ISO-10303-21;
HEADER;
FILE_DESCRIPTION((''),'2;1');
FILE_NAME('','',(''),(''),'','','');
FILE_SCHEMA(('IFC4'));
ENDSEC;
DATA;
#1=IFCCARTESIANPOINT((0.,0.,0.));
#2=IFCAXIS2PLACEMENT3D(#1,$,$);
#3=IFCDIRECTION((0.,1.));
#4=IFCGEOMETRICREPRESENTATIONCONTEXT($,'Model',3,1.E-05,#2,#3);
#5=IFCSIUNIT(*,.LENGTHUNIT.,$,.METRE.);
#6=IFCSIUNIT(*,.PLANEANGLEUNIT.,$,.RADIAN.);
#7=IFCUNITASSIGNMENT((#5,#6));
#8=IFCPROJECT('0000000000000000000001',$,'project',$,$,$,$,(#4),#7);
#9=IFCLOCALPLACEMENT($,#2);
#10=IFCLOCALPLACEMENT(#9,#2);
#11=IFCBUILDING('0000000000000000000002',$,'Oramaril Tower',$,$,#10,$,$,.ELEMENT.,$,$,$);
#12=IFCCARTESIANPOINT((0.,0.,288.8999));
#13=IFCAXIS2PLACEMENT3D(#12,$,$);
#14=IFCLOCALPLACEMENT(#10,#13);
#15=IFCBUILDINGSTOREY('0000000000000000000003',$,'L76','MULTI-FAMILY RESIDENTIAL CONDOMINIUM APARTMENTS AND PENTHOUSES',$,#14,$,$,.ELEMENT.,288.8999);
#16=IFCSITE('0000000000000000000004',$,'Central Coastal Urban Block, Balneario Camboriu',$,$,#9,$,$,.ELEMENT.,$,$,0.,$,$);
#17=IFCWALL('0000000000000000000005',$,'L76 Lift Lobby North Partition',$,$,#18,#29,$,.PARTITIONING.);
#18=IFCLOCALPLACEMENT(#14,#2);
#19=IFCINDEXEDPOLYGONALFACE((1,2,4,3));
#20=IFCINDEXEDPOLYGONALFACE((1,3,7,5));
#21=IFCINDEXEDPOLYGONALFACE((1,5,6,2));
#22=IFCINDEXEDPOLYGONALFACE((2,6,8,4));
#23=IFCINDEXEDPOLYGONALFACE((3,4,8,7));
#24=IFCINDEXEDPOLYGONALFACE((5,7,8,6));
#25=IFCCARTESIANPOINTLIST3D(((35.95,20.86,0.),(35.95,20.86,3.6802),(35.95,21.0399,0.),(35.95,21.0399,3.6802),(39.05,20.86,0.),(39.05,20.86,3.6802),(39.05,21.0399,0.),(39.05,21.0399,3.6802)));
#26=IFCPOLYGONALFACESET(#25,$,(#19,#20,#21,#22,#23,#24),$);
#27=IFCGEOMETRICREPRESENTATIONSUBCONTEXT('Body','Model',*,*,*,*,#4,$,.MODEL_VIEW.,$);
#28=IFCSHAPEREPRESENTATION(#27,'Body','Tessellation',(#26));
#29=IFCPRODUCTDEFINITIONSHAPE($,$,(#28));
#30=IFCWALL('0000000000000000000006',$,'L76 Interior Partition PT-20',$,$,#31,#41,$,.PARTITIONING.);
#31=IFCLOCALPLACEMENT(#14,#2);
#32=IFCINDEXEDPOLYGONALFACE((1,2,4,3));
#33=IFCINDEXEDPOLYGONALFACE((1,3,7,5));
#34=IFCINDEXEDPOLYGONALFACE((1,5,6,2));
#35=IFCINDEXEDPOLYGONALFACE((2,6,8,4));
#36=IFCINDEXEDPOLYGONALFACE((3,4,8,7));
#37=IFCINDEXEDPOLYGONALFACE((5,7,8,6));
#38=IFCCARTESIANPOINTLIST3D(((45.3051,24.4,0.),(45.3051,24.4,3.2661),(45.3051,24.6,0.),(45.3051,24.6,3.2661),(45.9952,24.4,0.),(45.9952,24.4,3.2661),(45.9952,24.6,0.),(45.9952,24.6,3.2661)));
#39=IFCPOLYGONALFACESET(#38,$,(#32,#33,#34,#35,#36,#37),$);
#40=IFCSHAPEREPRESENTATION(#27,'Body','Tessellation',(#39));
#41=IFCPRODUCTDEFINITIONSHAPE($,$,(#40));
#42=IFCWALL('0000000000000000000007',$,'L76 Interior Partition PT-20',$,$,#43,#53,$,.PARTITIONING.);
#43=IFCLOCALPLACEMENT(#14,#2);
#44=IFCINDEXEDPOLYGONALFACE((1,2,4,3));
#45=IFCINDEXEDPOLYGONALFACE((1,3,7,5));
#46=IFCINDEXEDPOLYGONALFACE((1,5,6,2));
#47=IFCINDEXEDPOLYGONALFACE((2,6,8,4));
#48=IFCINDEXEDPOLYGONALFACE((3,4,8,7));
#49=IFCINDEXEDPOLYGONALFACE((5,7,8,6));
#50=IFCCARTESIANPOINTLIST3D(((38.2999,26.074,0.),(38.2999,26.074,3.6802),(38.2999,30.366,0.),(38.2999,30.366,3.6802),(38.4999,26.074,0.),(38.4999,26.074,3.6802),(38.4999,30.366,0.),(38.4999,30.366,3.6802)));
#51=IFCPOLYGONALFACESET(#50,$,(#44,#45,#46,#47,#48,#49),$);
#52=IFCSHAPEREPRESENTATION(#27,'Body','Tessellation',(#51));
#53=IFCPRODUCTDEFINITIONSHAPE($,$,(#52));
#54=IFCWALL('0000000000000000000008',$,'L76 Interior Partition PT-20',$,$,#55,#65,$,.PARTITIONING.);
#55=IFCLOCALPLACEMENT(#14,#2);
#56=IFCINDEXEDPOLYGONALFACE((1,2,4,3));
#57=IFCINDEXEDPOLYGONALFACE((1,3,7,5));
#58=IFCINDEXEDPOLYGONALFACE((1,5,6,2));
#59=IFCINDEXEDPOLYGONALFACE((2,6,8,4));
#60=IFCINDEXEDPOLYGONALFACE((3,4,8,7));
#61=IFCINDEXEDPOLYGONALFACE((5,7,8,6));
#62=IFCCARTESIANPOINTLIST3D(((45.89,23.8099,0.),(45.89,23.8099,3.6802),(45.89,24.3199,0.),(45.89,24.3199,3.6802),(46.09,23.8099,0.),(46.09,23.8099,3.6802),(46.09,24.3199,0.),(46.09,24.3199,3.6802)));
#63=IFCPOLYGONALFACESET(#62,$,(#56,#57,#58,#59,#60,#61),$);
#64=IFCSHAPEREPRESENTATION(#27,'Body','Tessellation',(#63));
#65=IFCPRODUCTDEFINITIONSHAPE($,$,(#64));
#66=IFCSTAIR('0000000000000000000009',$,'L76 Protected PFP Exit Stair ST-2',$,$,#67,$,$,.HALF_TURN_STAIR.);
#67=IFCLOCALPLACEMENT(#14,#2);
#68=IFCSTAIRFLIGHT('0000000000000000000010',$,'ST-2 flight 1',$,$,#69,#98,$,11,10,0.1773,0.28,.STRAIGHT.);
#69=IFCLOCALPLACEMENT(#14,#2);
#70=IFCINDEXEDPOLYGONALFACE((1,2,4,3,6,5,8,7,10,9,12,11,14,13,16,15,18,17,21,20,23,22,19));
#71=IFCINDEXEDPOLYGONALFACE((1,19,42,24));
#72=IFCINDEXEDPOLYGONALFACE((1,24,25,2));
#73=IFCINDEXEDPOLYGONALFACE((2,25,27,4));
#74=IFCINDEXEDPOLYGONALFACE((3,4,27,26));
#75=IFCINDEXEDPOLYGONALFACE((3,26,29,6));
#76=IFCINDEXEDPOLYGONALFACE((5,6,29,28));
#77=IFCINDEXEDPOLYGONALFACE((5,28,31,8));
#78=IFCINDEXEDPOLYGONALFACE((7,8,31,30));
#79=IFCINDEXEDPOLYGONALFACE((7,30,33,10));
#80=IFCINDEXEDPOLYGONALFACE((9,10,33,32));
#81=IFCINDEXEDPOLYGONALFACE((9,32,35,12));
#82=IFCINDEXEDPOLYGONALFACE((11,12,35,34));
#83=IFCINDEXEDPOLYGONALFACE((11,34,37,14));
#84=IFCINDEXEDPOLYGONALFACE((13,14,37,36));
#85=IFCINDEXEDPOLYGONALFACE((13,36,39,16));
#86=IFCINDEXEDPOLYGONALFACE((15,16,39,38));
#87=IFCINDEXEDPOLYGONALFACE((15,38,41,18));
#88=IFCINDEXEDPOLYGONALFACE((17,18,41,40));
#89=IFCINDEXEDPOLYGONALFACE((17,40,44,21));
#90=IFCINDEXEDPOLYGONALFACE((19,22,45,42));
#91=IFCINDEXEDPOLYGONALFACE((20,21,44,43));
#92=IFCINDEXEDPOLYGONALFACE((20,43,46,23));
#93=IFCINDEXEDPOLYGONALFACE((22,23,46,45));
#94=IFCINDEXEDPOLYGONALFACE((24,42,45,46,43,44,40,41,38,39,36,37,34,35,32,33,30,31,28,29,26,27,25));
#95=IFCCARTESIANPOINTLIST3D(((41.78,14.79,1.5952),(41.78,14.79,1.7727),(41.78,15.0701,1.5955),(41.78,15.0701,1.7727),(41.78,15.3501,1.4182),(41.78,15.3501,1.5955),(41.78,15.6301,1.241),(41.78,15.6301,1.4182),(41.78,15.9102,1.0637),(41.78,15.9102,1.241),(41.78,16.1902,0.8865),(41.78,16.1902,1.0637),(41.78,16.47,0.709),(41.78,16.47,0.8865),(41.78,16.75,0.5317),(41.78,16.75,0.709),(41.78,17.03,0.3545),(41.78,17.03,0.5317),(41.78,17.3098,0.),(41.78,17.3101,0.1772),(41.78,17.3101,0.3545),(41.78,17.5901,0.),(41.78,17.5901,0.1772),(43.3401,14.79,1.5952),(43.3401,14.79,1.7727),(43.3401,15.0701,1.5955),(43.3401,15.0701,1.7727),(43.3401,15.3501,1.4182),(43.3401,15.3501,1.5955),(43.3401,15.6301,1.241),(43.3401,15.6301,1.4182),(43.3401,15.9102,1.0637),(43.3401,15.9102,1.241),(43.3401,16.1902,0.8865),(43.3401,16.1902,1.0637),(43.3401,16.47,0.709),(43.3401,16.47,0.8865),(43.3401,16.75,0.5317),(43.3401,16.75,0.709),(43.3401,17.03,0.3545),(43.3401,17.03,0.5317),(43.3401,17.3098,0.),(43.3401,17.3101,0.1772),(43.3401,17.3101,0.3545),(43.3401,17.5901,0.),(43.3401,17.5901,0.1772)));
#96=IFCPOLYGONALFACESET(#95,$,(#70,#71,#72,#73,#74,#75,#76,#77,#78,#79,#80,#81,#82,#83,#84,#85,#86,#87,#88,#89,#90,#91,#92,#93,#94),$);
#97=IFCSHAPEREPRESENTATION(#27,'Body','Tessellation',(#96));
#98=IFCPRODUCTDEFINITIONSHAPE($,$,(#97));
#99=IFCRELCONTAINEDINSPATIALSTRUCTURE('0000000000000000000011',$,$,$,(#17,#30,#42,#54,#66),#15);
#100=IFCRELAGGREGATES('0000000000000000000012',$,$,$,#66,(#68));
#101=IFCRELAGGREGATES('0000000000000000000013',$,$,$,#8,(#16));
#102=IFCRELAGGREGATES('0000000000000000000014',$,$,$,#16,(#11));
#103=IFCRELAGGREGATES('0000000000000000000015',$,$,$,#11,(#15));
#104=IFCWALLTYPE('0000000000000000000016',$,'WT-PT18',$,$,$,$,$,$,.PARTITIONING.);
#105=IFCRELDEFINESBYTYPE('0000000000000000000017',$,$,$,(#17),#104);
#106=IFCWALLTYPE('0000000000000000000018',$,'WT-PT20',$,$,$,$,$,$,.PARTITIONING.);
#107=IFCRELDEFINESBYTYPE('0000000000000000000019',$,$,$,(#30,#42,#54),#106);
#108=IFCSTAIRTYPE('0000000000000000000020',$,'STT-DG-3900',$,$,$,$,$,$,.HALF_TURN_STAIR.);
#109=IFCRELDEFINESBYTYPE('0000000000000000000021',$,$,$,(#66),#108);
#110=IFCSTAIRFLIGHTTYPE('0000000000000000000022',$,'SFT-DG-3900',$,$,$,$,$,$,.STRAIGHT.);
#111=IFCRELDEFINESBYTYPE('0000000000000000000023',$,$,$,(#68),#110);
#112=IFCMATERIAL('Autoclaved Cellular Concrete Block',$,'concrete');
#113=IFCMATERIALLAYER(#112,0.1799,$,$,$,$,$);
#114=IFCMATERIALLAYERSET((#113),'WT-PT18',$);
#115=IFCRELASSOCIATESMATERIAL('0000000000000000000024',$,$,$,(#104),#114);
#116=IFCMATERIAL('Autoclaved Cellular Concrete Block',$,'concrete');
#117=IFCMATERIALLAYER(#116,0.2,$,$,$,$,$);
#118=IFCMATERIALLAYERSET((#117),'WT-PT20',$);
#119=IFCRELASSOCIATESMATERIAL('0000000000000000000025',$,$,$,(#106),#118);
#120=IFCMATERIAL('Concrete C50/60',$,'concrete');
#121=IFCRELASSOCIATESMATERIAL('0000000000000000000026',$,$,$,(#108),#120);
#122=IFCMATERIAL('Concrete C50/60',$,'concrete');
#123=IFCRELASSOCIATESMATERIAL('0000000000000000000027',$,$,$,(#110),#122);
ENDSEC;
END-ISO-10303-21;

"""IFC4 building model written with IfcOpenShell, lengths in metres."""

from ifc_helpers import new_model, si_unit, direction, frame, frame_2d, origin, place, context, subcontext, project, spatial, polyline, rectangle, outline, extrude, material, layer, layer_set, type_object, element, aggregate, save


model = new_model("IFC4")

# Units and contexts
model_context = context("Model", 3, precision=1e-05, world=origin(), true_north=direction((0.0, 1.0)))
body_context = subcontext(model_context, "Body", "Model", "MODEL_VIEW")
ifc_project = project(units=[si_unit("LENGTHUNIT", "METRE"), si_unit("PLANEANGLEUNIT", "RADIAN")], contexts=[model_context])

# Site, building, storey
site_placement = place(None, origin())
site = spatial("IfcSite", under=ifc_project, at=site_placement, Name="Central Coastal Urban Block, Balneario Camboriu", CompositionType="ELEMENT", RefElevation=0.0)
building_placement = place(site_placement, origin())
building = spatial("IfcBuilding", under=site, at=building_placement, Name="Oramaril Tower", CompositionType="ELEMENT")
storey_placement = place(building_placement, frame((0.0, 0.0, 288.8999)))
storey = spatial("IfcBuildingStorey", under=building, at=storey_placement, Name="L76", Description="MULTI-FAMILY RESIDENTIAL CONDOMINIUM APARTMENTS AND PENTHOUSES", CompositionType="ELEMENT", Elevation=288.8999)

# Walls
ifc_material_1 = material(Name="Autoclaved Cellular Concrete Block", Category="concrete")
ifc_layer_1 = layer(ifc_material_1, 0.1799)
ifc_layer_set_1 = layer_set([ifc_layer_1], Name="WT-PT18")
wall_type_1 = type_object("IfcWallType", Name="WT-PT18", PredefinedType="PARTITIONING", material=ifc_layer_set_1)
wall_1_placement = place(storey_placement, frame((35.95, 20.95, 0.0), z_axis=(0.0, 0.0, 1.0), x_axis=(1.0, 0.0, 0.0)))
element("IfcWall", 1, at=wall_1_placement, inside=storey, type_object=wall_type_1, Name="L76 Lift Lobby North Partition", PredefinedType="PARTITIONING", context=body_context, shape_type="SweptSolid", body=[
    extrude(rectangle(XDim=3.1001, YDim=0.1799, at=frame_2d((1.55, 0.0))), origin(), (0.0, 0.0, 1.0), 3.6802),
])
ifc_material_2 = material(Name="Autoclaved Cellular Concrete Block", Category="concrete")
ifc_layer_2 = layer(ifc_material_2, 0.2)
ifc_layer_set_2 = layer_set([ifc_layer_2], Name="WT-PT20")
wall_type_2 = type_object("IfcWallType", Name="WT-PT20", PredefinedType="PARTITIONING", material=ifc_layer_set_2)
wall_2_placement = place(storey_placement, frame((45.3049, 24.5, 0.0), z_axis=(0.0, 0.0, 1.0), x_axis=(1.0, 0.0, 0.0)))
element("IfcWall", 2, at=wall_2_placement, inside=storey, type_object=wall_type_2, Name="L76 Interior Partition PT-20", PredefinedType="PARTITIONING", context=body_context, shape_type="SweptSolid", body=[
    extrude(rectangle(XDim=0.6902, YDim=0.2, at=frame_2d((0.3452, 0.0))), origin(), (0.0, 0.0, 1.0), 3.2661),
])
wall_3_placement = place(storey_placement, frame((38.3999, 26.074, 0.0), z_axis=(0.0, 0.0, 1.0), x_axis=(0.0, 1.0, 0.0)))
element("IfcWall", 3, at=wall_3_placement, inside=storey, type_object=wall_type_2, Name="L76 Interior Partition PT-20", PredefinedType="PARTITIONING", context=body_context, shape_type="SweptSolid", body=[
    extrude(rectangle(XDim=4.292, YDim=0.2, at=frame_2d((2.146, 0.0))), origin(), (0.0, 0.0, 1.0), 3.6802),
])
wall_4_placement = place(storey_placement, frame((45.99, 23.8101, 0.0), z_axis=(0.0, 0.0, 1.0), x_axis=(0.0, 1.0, 0.0)))
element("IfcWall", 4, at=wall_4_placement, inside=storey, type_object=wall_type_2, Name="L76 Interior Partition PT-20", PredefinedType="PARTITIONING", context=body_context, shape_type="SweptSolid", body=[
    extrude(rectangle(XDim=0.51, YDim=0.2, at=frame_2d((0.2549, 0.0))), origin(), (0.0, 0.0, 1.0), 3.6802),
])

# Stair, stair flight
ifc_material_3 = material(Name="Concrete C50/60", Category="concrete")
stair_type = type_object("IfcStairType", Name="STT-DG-3900", PredefinedType="HALF_TURN_STAIR", material=ifc_material_3)
stair_placement = place(storey_placement, origin())
stair = element("IfcStair", 5, at=stair_placement, inside=storey, type_object=stair_type, Name="L76 Protected PFP Exit Stair ST-2", PredefinedType="HALF_TURN_STAIR")
ifc_material_4 = material(Name="Concrete C50/60", Category="concrete")
stair_flight_type = type_object("IfcStairFlightType", Name="SFT-DG-3900", PredefinedType="STRAIGHT", material=ifc_material_4)
stair_flight_placement = place(storey_placement, frame((42.5601, 17.5901, 0.0), z_axis=(0.0, 0.0, 1.0), x_axis=(0.0, -1.0, 0.0)))
stair_flight = element("IfcStairFlight", 6, at=stair_flight_placement, type_object=stair_flight_type, Name="ST-2 flight 1", NumberOfRisers=11, NumberOfTreads=10, PredefinedType="STRAIGHT", RiserHeight=0.1773, TreadLength=0.28, context=body_context, shape_type="SweptSolid", body=[
    extrude(outline(polyline([(0.0, 0.0), (0.0, 0.1772), (0.28, 0.1772), (0.28, 0.3545), (0.5601, 0.3545), (0.5601, 0.5317), (0.8401, 0.5317), (0.8401, 0.709), (1.1201, 0.709), (1.1201, 0.8865), (1.3999, 0.8865), (1.3999, 1.0637), (1.6799, 1.0637), (1.6799, 1.241), (1.96, 1.241), (1.96, 1.4182), (2.24, 1.4182), (2.24, 1.5955), (2.52, 1.5955), (2.52, 1.7727), (2.8, 1.7727), (2.8, 1.95), (2.8, 1.5952), (0.2803, 0.0), (0.0, 0.0)])), frame((0.0, 0.78, 0.0), z_axis=(0.0, -1.0, 0.0), x_axis=(1.0, 0.0, 0.0)), (0.0, 0.0, 1.0), 1.5601),
])
aggregate(stair, [stair_flight])

save(model, "model.ifc")
